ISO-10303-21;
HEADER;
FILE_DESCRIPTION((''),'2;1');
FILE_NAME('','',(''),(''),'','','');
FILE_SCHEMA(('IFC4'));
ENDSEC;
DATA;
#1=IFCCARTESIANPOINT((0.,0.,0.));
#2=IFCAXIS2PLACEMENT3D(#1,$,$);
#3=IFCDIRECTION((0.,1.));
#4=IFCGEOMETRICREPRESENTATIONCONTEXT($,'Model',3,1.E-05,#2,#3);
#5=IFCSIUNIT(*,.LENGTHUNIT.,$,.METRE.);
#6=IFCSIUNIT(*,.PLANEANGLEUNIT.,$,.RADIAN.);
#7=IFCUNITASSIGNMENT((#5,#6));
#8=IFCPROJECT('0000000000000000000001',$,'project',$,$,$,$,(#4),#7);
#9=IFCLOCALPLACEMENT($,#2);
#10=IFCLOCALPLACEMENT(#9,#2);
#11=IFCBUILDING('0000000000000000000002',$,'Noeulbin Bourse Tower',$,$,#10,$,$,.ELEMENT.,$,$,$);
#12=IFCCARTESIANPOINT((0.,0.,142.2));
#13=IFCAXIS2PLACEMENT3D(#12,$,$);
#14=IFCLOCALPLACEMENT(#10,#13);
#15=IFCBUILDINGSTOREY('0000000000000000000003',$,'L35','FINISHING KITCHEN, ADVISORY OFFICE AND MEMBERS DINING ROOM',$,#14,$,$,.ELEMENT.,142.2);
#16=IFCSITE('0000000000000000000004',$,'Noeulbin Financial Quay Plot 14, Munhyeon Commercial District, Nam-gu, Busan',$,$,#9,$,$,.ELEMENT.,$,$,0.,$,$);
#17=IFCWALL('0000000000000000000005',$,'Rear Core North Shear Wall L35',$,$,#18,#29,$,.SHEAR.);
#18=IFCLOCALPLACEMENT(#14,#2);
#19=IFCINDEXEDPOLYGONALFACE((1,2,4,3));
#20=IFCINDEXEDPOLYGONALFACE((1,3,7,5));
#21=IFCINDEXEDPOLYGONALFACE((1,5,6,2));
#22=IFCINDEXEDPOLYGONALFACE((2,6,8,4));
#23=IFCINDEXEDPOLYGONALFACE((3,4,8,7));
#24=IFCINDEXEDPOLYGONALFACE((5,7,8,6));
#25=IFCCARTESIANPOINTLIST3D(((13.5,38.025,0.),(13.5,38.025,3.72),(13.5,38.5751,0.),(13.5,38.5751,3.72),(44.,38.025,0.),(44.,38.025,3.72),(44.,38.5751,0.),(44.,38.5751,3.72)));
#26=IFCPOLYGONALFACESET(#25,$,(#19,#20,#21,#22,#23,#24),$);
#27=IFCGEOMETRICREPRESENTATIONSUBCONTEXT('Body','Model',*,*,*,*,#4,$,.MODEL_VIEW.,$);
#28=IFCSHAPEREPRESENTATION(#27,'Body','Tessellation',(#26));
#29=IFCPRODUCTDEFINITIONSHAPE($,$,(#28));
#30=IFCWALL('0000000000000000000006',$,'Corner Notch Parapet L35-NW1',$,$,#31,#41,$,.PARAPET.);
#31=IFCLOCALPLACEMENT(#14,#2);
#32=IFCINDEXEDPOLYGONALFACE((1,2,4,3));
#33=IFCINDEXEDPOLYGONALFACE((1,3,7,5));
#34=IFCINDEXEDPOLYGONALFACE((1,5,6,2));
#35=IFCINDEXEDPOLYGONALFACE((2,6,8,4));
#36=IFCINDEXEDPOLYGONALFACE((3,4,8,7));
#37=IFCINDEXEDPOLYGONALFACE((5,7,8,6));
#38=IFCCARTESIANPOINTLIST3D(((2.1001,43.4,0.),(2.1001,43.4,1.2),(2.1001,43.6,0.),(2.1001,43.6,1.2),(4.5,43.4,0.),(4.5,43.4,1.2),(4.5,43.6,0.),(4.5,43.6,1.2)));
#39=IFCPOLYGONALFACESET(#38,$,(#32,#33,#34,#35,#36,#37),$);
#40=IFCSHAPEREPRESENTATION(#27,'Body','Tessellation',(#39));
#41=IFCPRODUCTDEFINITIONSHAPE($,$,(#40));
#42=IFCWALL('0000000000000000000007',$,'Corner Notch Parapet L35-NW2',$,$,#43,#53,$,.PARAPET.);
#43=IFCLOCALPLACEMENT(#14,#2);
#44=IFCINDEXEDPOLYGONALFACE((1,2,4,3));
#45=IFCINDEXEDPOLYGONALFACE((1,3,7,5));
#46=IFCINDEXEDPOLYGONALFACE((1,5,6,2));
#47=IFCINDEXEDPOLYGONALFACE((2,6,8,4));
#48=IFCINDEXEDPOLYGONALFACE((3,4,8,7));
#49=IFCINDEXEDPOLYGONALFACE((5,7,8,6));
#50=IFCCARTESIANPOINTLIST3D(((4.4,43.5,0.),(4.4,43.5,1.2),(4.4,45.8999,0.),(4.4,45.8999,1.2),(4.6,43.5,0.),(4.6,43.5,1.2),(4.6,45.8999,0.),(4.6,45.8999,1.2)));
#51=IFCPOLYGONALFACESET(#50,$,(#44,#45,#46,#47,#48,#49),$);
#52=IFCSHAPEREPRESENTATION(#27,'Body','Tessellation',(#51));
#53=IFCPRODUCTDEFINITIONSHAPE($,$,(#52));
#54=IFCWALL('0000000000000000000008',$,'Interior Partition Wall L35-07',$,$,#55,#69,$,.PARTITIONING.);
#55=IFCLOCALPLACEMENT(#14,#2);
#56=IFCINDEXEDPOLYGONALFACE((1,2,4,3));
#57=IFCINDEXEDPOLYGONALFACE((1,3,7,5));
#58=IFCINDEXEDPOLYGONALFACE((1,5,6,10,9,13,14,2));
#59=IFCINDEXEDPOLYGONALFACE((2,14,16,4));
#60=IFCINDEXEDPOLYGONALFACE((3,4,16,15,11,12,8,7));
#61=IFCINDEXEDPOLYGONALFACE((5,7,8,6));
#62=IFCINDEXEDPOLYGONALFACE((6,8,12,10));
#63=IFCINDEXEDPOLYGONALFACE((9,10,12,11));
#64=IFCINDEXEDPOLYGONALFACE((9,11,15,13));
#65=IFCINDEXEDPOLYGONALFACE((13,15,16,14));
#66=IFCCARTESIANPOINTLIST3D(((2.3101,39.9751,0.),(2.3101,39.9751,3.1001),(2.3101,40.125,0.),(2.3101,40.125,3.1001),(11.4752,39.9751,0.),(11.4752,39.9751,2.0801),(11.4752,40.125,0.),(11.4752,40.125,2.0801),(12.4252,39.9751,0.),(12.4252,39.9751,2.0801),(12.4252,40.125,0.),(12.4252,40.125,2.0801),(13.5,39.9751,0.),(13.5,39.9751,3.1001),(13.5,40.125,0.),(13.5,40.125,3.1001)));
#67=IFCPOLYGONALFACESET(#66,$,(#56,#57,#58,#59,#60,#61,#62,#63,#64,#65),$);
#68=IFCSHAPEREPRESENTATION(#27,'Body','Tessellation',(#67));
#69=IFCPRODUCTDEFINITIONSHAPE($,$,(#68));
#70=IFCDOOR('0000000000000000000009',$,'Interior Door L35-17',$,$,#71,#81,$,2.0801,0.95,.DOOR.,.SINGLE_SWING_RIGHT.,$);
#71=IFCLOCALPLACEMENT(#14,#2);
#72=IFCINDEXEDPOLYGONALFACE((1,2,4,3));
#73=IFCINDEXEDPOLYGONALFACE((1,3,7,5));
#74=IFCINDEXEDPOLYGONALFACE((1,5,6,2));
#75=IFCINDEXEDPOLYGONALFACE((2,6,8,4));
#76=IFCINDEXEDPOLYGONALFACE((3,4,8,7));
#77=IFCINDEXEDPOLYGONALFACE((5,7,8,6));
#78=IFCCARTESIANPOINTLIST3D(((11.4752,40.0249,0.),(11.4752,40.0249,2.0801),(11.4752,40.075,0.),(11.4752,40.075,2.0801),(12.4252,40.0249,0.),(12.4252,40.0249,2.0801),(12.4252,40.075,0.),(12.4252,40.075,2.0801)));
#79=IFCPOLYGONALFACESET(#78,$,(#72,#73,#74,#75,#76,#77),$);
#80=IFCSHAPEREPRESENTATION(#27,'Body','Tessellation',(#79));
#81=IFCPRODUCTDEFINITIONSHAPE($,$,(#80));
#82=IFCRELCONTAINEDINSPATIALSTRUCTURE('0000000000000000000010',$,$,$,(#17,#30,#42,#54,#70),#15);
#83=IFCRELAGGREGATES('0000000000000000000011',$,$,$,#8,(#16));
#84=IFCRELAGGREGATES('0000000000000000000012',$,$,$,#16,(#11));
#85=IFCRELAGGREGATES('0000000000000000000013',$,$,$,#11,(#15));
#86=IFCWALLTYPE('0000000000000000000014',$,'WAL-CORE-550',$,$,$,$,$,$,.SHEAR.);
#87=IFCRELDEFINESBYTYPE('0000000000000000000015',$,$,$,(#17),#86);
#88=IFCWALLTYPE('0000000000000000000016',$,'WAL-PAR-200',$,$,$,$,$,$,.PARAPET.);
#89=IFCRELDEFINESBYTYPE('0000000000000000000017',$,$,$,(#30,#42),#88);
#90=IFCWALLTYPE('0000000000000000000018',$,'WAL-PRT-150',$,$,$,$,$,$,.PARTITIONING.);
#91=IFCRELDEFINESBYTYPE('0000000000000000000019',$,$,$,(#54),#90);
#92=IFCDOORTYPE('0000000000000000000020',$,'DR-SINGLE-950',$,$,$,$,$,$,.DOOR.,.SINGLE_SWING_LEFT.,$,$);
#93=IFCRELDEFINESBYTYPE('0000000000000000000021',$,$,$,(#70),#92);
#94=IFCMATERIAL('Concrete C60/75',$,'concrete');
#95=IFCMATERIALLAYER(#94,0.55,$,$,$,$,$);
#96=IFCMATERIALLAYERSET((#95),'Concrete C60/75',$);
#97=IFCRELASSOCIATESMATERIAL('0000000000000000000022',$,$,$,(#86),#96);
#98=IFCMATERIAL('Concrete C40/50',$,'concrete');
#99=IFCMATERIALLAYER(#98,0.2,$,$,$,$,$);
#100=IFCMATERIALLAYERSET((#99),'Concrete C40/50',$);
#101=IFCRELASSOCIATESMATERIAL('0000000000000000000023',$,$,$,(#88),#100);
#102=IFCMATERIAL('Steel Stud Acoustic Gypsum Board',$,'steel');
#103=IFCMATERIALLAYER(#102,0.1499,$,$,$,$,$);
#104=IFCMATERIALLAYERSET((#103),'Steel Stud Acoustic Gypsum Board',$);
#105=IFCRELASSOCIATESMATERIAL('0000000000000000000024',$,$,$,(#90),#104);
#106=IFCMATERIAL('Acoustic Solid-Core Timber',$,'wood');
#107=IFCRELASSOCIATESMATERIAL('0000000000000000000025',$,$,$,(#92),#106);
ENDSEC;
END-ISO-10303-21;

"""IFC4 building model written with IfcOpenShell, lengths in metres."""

from ifc_helpers import new_model, si_unit, direction, frame, frame_2d, origin, place, context, subcontext, project, spatial, rectangle, extrude, material, layer, layer_set, type_object, element, fill, save


model = new_model("IFC4")

# Units and contexts
model_context = context("Model", 3, precision=1e-05, world=origin(), true_north=direction((0.0, 1.0)))
body_context = subcontext(model_context, "Body", "Model", "MODEL_VIEW")
ifc_project = project(units=[si_unit("LENGTHUNIT", "METRE"), si_unit("PLANEANGLEUNIT", "RADIAN")], contexts=[model_context])

# Site, building, storey
site_placement = place(None, origin())
site = spatial("IfcSite", under=ifc_project, at=site_placement, Name="Noeulbin Financial Quay Plot 14, Munhyeon Commercial District, Nam-gu, Busan", CompositionType="ELEMENT", RefElevation=0.0)
building_placement = place(site_placement, origin())
building = spatial("IfcBuilding", under=site, at=building_placement, Name="Noeulbin Bourse Tower", CompositionType="ELEMENT")
storey_placement = place(building_placement, frame((0.0, 0.0, 142.2)))
storey = spatial("IfcBuildingStorey", under=building, at=storey_placement, Name="L35", Description="FINISHING KITCHEN, ADVISORY OFFICE AND MEMBERS DINING ROOM", CompositionType="ELEMENT", Elevation=142.2)

# Walls
ifc_material_1 = material(Name="Concrete C60/75", Category="concrete")
ifc_layer_1 = layer(ifc_material_1, 0.55)
ifc_layer_set_1 = layer_set([ifc_layer_1], Name="Concrete C60/75")
wall_type_1 = type_object("IfcWallType", Name="WAL-CORE-550", PredefinedType="SHEAR", material=ifc_layer_set_1)
wall_1_placement = place(storey_placement, frame((13.5, 38.3, 0.0), z_axis=(0.0, 0.0, 1.0), x_axis=(1.0, 0.0, 0.0)))
element("IfcWall", 1, at=wall_1_placement, inside=storey, type_object=wall_type_1, Name="Rear Core North Shear Wall L35", PredefinedType="SHEAR", context=body_context, shape_type="SweptSolid", body=[
    extrude(rectangle(XDim=30.5, YDim=0.55, at=frame_2d((15.25, 0.0))), origin(), (0.0, 0.0, 1.0), 3.72),
])
ifc_material_2 = material(Name="Concrete C40/50", Category="concrete")
ifc_layer_2 = layer(ifc_material_2, 0.2)
ifc_layer_set_2 = layer_set([ifc_layer_2], Name="Concrete C40/50")
wall_type_2 = type_object("IfcWallType", Name="WAL-PAR-200", PredefinedType="PARAPET", material=ifc_layer_set_2)
for number, where, z_axis, x_axis, name in (
    (2, (2.1001, 43.5, 0.0), (0.0, 0.0, 1.0), (1.0, 0.0, 0.0), "Corner Notch Parapet L35-NW1"),
    (3, (4.5, 43.5, 0.0), (0.0, 0.0, 1.0), (0.0, 1.0, 0.0), "Corner Notch Parapet L35-NW2"),
):
    element("IfcWall", number, at=place(storey_placement, frame(where, z_axis=z_axis, x_axis=x_axis)), inside=storey, type_object=wall_type_2, Name=name, PredefinedType="PARAPET", context=body_context, shape_type="SweptSolid", body=[
        extrude(rectangle(XDim=2.3999, YDim=0.2, at=frame_2d((1.2, 0.0))), origin(), (0.0, 0.0, 1.0), 1.2),
    ])

# Wall, opening, door
ifc_material_3 = material(Name="Steel Stud Acoustic Gypsum Board", Category="steel")
ifc_layer_3 = layer(ifc_material_3, 0.1499)
ifc_layer_set_3 = layer_set([ifc_layer_3], Name="Steel Stud Acoustic Gypsum Board")
wall_type_3 = type_object("IfcWallType", Name="WAL-PRT-150", PredefinedType="PARTITIONING", material=ifc_layer_set_3)
wall_2_placement = place(storey_placement, frame((2.3101, 40.05, 0.0), z_axis=(0.0, 0.0, 1.0), x_axis=(1.0, 0.0, 0.0)))
wall_2 = element("IfcWall", 4, at=wall_2_placement, inside=storey, type_object=wall_type_3, Name="Interior Partition Wall L35-07", PredefinedType="PARTITIONING", context=body_context, shape_type="SweptSolid", body=[
    extrude(rectangle(XDim=11.1899, YDim=0.1499, at=frame_2d((5.595, 0.0))), origin(), (0.0, 0.0, 1.0), 3.1001),
])
opening_placement = place(wall_2_placement, frame((9.165, 0.0, 0.0)))
opening = element("IfcOpeningElement", 5, at=opening_placement, cuts=wall_2, PredefinedType="OPENING", context=body_context, shape_type="SweptSolid", body=[
    extrude(rectangle(XDim=0.95, YDim=2.0801, at=frame_2d((0.4751, 1.04))), frame((0.0, 0.085, 0.0), z_axis=(0.0, -1.0, 0.0), x_axis=(1.0, 0.0, 0.0)), (0.0, 0.0, 1.0), 0.1699),
])
ifc_material_4 = material(Name="Acoustic Solid-Core Timber", Category="wood")
door_type = type_object("IfcDoorType", Name="DR-SINGLE-950", OperationType="SINGLE_SWING_LEFT", PredefinedType="DOOR", material=ifc_material_4)
door_placement = place(opening_placement, origin())
door = element("IfcDoor", 6, at=door_placement, inside=storey, type_object=door_type, Name="Interior Door L35-17", OperationType="SINGLE_SWING_RIGHT", OverallHeight=2.0801, OverallWidth=0.95, PredefinedType="DOOR", context=body_context, shape_type="SweptSolid", body=[
    extrude(rectangle(XDim=0.95, YDim=2.0801, at=frame_2d((0.4751, 1.04))), frame((0.0, 0.0249, 0.0), z_axis=(0.0, -1.0, 0.0), x_axis=(1.0, 0.0, 0.0)), (0.0, 0.0, 1.0), 0.05),
])
fill(opening, door)

save(model, "model.ifc")
